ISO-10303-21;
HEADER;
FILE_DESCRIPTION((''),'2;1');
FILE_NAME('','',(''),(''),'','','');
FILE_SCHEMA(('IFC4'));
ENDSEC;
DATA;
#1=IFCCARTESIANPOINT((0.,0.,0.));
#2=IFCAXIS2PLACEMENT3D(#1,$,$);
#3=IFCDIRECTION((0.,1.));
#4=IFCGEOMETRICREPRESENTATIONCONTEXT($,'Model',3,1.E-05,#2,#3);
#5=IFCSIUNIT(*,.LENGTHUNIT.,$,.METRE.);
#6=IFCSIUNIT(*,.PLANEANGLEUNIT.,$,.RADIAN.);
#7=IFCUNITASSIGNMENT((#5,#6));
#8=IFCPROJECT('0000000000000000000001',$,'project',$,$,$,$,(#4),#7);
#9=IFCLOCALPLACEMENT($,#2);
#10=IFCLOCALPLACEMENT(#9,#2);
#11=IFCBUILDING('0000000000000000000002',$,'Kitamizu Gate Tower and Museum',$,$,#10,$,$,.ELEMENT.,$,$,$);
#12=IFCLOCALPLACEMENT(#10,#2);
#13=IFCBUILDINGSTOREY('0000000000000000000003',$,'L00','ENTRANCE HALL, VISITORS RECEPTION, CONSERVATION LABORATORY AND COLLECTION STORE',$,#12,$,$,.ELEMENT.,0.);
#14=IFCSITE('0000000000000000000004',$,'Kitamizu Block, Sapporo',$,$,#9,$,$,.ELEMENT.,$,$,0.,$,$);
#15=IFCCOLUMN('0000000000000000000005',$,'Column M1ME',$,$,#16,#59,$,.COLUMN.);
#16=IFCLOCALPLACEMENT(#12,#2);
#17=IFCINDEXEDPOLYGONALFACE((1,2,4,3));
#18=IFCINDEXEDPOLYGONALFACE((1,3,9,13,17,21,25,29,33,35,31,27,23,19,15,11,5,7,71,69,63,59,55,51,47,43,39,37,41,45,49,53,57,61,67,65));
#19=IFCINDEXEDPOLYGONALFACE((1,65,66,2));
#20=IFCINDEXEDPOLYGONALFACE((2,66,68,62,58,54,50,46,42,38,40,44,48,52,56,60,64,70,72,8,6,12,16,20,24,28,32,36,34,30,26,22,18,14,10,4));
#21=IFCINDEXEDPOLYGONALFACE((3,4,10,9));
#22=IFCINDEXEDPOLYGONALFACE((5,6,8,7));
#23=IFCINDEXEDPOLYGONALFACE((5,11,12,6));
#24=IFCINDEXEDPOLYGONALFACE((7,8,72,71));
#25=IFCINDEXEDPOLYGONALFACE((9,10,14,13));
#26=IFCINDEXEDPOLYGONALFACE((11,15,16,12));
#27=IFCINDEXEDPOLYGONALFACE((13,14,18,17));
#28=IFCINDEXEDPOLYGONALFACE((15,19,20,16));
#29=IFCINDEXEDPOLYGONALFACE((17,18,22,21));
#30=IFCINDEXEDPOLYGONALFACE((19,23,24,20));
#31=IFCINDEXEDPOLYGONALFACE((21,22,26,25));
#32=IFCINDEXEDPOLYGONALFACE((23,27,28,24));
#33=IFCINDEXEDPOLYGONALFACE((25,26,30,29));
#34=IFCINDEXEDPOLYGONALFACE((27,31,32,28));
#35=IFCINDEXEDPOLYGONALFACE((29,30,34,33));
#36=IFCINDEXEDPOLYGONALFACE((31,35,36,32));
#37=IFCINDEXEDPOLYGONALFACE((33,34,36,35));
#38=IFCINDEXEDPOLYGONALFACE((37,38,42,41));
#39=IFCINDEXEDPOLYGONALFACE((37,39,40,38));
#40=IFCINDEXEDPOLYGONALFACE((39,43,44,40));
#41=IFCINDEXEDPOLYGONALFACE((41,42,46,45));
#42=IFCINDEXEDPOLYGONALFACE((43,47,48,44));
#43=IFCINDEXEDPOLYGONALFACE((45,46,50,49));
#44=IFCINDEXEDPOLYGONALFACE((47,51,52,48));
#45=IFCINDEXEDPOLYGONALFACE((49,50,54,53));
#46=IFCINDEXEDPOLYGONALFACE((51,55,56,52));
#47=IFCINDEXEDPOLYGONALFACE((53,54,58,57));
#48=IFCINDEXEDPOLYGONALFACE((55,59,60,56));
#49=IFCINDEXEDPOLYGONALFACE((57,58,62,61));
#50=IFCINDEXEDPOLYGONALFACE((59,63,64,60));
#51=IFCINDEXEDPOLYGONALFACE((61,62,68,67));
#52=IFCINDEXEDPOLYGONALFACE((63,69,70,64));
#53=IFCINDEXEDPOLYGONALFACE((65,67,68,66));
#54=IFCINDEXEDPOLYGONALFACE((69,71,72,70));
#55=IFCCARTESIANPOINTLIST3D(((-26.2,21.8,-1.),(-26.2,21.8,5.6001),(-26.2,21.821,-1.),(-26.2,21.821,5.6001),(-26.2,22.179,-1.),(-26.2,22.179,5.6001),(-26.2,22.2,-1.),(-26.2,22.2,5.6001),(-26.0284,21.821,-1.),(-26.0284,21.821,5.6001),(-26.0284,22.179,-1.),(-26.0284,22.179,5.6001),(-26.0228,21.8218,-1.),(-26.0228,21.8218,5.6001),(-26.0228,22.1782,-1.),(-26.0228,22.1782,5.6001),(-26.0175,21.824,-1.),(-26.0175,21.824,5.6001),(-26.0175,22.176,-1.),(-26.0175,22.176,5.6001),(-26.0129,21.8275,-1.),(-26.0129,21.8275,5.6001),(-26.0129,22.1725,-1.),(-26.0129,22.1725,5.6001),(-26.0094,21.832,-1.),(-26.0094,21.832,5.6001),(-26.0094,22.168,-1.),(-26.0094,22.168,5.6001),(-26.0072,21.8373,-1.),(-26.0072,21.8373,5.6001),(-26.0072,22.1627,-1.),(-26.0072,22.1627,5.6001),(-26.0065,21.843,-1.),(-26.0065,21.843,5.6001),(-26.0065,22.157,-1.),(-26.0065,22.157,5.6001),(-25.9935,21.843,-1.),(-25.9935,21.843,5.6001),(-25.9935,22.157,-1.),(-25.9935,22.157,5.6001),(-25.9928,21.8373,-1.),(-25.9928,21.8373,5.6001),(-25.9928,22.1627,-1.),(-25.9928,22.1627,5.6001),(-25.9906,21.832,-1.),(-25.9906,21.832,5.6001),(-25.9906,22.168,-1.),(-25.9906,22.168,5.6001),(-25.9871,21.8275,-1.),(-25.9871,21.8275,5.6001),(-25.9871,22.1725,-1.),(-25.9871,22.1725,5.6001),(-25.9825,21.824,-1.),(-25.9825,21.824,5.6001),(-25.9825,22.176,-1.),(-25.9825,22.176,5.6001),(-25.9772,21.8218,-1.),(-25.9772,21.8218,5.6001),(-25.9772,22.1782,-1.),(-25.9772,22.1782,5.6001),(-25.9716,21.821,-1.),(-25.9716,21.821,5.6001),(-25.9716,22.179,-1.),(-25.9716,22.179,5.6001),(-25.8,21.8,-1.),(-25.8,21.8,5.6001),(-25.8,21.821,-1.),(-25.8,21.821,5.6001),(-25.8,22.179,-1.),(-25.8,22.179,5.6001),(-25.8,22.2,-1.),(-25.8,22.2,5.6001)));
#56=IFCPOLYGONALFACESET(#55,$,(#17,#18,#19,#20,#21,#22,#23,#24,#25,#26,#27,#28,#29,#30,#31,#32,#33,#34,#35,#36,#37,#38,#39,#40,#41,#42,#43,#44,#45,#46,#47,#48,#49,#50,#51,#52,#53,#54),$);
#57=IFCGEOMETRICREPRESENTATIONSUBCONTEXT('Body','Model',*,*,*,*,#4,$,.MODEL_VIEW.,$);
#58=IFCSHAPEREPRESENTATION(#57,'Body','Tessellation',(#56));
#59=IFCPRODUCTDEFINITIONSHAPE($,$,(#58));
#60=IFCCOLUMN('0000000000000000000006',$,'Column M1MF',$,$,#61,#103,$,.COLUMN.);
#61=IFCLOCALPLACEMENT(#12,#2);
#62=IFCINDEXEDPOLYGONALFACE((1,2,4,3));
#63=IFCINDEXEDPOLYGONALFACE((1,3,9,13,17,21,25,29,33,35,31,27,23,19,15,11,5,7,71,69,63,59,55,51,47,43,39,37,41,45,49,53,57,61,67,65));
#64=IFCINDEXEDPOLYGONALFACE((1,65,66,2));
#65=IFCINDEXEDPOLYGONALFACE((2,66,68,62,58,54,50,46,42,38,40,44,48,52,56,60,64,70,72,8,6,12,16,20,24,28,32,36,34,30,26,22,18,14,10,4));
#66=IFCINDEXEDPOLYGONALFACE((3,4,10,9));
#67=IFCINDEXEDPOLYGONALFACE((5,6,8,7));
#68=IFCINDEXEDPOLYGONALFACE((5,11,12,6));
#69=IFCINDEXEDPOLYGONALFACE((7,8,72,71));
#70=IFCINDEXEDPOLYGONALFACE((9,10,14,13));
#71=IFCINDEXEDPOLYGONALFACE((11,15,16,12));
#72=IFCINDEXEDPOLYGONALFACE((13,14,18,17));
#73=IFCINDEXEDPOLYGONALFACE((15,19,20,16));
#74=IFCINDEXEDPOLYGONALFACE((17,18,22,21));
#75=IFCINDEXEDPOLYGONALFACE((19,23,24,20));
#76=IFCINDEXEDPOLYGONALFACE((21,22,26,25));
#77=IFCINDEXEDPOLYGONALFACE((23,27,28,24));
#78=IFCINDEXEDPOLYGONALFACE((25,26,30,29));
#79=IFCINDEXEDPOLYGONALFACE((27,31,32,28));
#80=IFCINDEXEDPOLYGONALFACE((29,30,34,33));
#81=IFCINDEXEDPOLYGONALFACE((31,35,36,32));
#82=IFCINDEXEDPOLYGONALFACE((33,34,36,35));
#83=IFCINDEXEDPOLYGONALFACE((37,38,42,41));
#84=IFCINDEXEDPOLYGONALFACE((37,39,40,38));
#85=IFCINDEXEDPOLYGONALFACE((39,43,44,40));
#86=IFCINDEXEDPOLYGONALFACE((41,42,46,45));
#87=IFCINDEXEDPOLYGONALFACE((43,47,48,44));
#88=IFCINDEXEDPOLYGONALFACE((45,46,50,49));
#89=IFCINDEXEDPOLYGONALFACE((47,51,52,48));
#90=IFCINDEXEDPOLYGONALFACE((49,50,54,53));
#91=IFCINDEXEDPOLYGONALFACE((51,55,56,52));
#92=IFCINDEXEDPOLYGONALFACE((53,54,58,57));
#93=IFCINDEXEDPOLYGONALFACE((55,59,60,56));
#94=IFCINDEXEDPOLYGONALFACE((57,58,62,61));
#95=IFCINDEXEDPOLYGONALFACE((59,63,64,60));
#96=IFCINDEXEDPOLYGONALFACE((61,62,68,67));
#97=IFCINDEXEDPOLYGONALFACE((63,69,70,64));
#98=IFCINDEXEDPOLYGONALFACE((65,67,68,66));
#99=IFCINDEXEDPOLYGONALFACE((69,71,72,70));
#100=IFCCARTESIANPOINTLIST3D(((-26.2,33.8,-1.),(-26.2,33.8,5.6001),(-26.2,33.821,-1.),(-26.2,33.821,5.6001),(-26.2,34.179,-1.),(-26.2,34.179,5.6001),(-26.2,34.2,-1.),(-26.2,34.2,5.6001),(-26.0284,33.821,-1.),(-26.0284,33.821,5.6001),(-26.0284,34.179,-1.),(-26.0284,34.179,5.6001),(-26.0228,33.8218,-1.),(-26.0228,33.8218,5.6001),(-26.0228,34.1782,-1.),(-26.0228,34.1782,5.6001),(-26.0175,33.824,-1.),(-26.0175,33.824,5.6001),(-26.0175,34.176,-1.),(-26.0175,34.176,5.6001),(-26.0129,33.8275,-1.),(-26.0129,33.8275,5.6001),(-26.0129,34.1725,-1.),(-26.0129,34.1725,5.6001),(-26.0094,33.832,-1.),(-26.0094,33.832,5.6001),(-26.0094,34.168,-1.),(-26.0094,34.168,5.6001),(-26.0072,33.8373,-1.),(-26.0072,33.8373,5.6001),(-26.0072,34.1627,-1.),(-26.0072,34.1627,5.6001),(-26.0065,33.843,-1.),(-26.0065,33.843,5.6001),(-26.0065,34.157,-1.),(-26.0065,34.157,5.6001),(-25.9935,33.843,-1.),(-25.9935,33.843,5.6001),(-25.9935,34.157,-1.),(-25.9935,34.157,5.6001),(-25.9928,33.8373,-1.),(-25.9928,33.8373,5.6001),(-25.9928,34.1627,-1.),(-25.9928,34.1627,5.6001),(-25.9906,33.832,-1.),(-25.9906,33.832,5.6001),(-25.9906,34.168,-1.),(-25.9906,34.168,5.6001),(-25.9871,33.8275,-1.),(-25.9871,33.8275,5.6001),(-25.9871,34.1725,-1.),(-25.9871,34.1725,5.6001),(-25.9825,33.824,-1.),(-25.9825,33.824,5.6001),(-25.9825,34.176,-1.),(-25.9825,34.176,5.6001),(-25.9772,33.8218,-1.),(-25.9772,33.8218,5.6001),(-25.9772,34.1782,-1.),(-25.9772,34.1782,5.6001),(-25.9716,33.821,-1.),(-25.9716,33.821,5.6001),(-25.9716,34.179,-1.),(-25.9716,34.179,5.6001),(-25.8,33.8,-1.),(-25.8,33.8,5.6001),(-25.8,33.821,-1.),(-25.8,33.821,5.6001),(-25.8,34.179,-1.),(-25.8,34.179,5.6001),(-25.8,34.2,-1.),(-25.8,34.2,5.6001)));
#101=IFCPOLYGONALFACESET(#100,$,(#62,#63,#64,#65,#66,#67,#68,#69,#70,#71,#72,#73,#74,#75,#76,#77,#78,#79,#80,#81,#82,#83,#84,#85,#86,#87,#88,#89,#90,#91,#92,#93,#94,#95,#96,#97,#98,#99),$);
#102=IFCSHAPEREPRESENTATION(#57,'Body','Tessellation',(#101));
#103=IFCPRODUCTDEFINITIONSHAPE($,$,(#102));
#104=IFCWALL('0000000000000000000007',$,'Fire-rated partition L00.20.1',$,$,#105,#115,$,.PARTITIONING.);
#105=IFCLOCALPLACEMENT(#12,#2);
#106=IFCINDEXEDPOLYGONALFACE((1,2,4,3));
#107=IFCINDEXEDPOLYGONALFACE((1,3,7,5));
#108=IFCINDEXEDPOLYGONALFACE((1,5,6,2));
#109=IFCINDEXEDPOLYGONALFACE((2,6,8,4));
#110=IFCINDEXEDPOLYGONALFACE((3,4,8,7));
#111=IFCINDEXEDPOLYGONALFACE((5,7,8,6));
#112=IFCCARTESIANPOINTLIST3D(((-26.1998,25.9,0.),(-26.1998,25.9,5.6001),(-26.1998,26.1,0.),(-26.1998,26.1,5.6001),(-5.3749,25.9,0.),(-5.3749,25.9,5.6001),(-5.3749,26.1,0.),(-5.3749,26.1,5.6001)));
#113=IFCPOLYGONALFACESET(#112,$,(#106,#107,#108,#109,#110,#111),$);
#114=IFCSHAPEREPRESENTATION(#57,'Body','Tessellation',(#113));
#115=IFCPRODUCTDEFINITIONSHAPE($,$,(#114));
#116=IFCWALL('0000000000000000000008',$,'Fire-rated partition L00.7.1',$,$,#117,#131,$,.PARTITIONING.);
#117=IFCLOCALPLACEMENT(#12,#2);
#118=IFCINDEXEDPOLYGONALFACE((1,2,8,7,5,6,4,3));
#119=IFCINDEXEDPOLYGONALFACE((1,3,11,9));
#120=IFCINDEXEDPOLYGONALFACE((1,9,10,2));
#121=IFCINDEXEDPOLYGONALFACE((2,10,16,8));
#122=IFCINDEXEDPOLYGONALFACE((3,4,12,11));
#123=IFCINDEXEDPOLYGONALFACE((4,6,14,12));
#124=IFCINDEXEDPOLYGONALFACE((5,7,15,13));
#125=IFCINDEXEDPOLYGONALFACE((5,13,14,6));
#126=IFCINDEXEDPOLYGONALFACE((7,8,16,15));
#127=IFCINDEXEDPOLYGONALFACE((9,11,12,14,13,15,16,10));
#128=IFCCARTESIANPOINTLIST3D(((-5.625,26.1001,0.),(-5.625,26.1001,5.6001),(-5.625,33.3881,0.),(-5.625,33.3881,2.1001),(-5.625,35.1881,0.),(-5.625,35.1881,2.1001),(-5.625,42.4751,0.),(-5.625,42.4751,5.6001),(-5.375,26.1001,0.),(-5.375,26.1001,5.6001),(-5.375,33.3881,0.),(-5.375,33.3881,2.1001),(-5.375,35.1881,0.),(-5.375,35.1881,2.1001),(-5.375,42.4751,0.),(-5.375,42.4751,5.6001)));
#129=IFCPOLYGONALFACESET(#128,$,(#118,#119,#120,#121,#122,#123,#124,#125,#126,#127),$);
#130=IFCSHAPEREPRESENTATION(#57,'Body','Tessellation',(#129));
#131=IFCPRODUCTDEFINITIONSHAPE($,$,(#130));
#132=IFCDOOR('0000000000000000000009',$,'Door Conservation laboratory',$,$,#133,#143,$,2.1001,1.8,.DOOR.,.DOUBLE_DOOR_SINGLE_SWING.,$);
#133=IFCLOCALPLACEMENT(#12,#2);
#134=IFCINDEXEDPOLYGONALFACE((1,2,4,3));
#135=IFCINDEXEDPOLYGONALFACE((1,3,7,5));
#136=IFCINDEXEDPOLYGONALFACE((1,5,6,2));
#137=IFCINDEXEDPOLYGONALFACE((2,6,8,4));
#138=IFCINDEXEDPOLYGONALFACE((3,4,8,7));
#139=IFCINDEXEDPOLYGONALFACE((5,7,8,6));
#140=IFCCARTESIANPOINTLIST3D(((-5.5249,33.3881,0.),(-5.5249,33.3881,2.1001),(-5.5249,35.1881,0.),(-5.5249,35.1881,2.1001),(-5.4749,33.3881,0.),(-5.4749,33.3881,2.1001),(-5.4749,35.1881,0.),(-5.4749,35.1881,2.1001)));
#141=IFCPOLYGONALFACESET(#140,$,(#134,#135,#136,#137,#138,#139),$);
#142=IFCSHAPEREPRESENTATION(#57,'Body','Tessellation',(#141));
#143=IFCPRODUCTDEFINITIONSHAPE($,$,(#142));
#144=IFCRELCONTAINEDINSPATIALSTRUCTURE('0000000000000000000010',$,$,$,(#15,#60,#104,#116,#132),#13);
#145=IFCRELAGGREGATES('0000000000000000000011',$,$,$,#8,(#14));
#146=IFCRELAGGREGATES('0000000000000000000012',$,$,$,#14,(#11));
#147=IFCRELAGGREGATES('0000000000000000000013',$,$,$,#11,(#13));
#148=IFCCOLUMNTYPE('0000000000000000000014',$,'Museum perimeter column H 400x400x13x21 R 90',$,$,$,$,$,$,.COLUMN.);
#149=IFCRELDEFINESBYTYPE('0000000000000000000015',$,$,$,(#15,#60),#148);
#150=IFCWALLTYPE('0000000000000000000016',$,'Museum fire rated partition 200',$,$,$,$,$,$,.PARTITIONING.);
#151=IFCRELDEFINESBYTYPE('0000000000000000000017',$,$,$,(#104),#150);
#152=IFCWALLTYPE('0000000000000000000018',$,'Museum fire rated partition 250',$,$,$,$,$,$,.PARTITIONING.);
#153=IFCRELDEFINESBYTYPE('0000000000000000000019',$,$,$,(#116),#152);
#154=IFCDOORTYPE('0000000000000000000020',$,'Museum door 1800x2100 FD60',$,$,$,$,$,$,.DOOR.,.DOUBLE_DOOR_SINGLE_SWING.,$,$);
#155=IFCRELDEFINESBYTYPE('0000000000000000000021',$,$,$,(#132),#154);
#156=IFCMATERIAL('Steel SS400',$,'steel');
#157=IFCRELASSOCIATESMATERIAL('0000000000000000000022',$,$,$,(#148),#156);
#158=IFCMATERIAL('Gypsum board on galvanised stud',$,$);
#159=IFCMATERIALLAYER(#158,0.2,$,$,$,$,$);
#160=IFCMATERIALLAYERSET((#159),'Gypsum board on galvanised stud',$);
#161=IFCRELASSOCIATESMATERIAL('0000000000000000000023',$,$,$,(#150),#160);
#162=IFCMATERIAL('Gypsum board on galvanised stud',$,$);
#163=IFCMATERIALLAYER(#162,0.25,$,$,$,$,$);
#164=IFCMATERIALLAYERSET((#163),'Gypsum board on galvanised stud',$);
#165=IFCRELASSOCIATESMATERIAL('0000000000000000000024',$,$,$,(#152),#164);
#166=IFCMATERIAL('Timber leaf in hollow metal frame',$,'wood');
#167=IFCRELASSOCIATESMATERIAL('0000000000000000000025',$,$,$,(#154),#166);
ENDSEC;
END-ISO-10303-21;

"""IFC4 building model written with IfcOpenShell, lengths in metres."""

from ifc_helpers import new_model, si_unit, direction, frame, frame_2d, origin, origin_2d, place, context, subcontext, project, spatial, rectangle, i_section, extrude, material, layer, layer_set, material_profile, profile_set, type_object, element, fill, save


model = new_model("IFC4")

# Units and contexts
model_context = context("Model", 3, precision=1e-05, world=origin(), true_north=direction((0.0, 1.0)))
body_context = subcontext(model_context, "Body", "Model", "MODEL_VIEW")
ifc_project = project(units=[si_unit("LENGTHUNIT", "METRE"), si_unit("PLANEANGLEUNIT", "RADIAN")], contexts=[model_context])

# Site, building, storey
site_placement = place(None, origin())
site = spatial("IfcSite", under=ifc_project, at=site_placement, Name="Kitamizu Block, Sapporo", CompositionType="ELEMENT", RefElevation=0.0)
building_placement = place(site_placement, origin())
building = spatial("IfcBuilding", under=site, at=building_placement, Name="Kitamizu Gate Tower and Museum", CompositionType="ELEMENT")
storey_placement = place(building_placement, origin())
storey = spatial("IfcBuildingStorey", under=building, at=storey_placement, Name="L00", Description="ENTRANCE HALL, VISITORS RECEPTION, CONSERVATION LABORATORY AND COLLECTION STORE", CompositionType="ELEMENT", Elevation=0.0)

# Columns
ifc_material_1 = material(Name="Steel SS400", Category="steel")
ifc_material_profile_1 = material_profile(ifc_material_1, i_section(OverallWidth=0.3999, OverallDepth=0.3999, WebThickness=0.0129, FlangeThickness=0.021, FilletRadius=0.022, at=origin_2d()), Name="H-400x400x13x21")
ifc_profile_set_1 = profile_set([ifc_material_profile_1], Name="Steel SS400")
column_type_1 = type_object("IfcColumnType", Name="Museum perimeter column H 400x400x13x21 R 90", PredefinedType="COLUMN", material=ifc_profile_set_1)
for number, where, z_axis, x_axis, name in (
    (1, (-26.0, 22.0, -1.0), (0.0, 0.0, 1.0), (1.0, 0.0, 0.0), "Column M1ME"),
    (2, (-26.0, 34.0, -1.0), (0.0, 0.0, 1.0), (1.0, 0.0, 0.0), "Column M1MF"),
):
    element("IfcColumn", number, at=place(storey_placement, frame(where, z_axis=z_axis, x_axis=x_axis)), inside=storey, type_object=column_type_1, Name=name, PredefinedType="COLUMN", context=body_context, shape_type="SweptSolid", body=[
        extrude(i_section(OverallWidth=0.3999, OverallDepth=0.3999, WebThickness=0.0129, FlangeThickness=0.021, FilletRadius=0.022, at=origin_2d()), origin(), (0.0, 0.0, 1.0), 6.6001),
    ])

# Wall
ifc_material_2 = material(Name="Gypsum board on galvanised stud")
ifc_layer_1 = layer(ifc_material_2, 0.2)
ifc_layer_set_1 = layer_set([ifc_layer_1], Name="Gypsum board on galvanised stud")
wall_type_1 = type_object("IfcWallType", Name="Museum fire rated partition 200", PredefinedType="PARTITIONING", material=ifc_layer_set_1)
wall_1_placement = place(storey_placement, frame((-26.2, 26.0, 0.0), z_axis=(0.0, 0.0, 1.0), x_axis=(1.0, 0.0, 0.0)))
element("IfcWall", 3, at=wall_1_placement, inside=storey, type_object=wall_type_1, Name="Fire-rated partition L00.20.1", PredefinedType="PARTITIONING", context=body_context, shape_type="SweptSolid", body=[
    extrude(rectangle(XDim=20.825, YDim=0.2, at=frame_2d((10.4126, 0.0))), origin(), (0.0, 0.0, 1.0), 5.6001),
])

# Wall, opening, door
ifc_material_3 = material(Name="Gypsum board on galvanised stud")
ifc_layer_2 = layer(ifc_material_3, 0.25)
ifc_layer_set_2 = layer_set([ifc_layer_2], Name="Gypsum board on galvanised stud")
wall_type_2 = type_object("IfcWallType", Name="Museum fire rated partition 250", PredefinedType="PARTITIONING", material=ifc_layer_set_2)
wall_2_placement = place(storey_placement, frame((-5.5, 26.1001, 0.0), z_axis=(0.0, 0.0, 1.0), x_axis=(0.0, 1.0, 0.0)))
wall_2 = element("IfcWall", 4, at=wall_2_placement, inside=storey, type_object=wall_type_2, Name="Fire-rated partition L00.7.1", PredefinedType="PARTITIONING", context=body_context, shape_type="SweptSolid", body=[
    extrude(rectangle(XDim=16.375, YDim=0.25, at=frame_2d((8.1875, 0.0))), origin(), (0.0, 0.0, 1.0), 5.6001),
])
opening_placement = place(wall_2_placement, frame((7.2881, 0.0, 0.0)))
opening = element("IfcOpeningElement", 5, at=opening_placement, cuts=wall_2, PredefinedType="OPENING", context=body_context, shape_type="SweptSolid", body=[
    extrude(rectangle(XDim=1.8, YDim=2.1001, at=frame_2d((0.8999, 1.05))), frame((0.0, 0.135, 0.0), z_axis=(0.0, -1.0, 0.0), x_axis=(1.0, 0.0, 0.0)), (0.0, 0.0, 1.0), 0.27),
])
ifc_material_4 = material(Name="Timber leaf in hollow metal frame", Category="wood")
door_type = type_object("IfcDoorType", Name="Museum door 1800x2100 FD60", OperationType="DOUBLE_DOOR_SINGLE_SWING", PredefinedType="DOOR", material=ifc_material_4)
door_placement = place(opening_placement, origin())
door = element("IfcDoor", 6, at=door_placement, inside=storey, type_object=door_type, Name="Door Conservation laboratory", OperationType="DOUBLE_DOOR_SINGLE_SWING", OverallHeight=2.1001, OverallWidth=1.8, PredefinedType="DOOR", context=body_context, shape_type="SweptSolid", body=[
    extrude(rectangle(XDim=1.8, YDim=2.1001, at=frame_2d((0.8999, 1.05))), frame((0.0, 0.0249, 0.0), z_axis=(0.0, -1.0, 0.0), x_axis=(1.0, 0.0, 0.0)), (0.0, 0.0, 1.0), 0.05),
])
fill(opening, door)

save(model, "model.ifc")
